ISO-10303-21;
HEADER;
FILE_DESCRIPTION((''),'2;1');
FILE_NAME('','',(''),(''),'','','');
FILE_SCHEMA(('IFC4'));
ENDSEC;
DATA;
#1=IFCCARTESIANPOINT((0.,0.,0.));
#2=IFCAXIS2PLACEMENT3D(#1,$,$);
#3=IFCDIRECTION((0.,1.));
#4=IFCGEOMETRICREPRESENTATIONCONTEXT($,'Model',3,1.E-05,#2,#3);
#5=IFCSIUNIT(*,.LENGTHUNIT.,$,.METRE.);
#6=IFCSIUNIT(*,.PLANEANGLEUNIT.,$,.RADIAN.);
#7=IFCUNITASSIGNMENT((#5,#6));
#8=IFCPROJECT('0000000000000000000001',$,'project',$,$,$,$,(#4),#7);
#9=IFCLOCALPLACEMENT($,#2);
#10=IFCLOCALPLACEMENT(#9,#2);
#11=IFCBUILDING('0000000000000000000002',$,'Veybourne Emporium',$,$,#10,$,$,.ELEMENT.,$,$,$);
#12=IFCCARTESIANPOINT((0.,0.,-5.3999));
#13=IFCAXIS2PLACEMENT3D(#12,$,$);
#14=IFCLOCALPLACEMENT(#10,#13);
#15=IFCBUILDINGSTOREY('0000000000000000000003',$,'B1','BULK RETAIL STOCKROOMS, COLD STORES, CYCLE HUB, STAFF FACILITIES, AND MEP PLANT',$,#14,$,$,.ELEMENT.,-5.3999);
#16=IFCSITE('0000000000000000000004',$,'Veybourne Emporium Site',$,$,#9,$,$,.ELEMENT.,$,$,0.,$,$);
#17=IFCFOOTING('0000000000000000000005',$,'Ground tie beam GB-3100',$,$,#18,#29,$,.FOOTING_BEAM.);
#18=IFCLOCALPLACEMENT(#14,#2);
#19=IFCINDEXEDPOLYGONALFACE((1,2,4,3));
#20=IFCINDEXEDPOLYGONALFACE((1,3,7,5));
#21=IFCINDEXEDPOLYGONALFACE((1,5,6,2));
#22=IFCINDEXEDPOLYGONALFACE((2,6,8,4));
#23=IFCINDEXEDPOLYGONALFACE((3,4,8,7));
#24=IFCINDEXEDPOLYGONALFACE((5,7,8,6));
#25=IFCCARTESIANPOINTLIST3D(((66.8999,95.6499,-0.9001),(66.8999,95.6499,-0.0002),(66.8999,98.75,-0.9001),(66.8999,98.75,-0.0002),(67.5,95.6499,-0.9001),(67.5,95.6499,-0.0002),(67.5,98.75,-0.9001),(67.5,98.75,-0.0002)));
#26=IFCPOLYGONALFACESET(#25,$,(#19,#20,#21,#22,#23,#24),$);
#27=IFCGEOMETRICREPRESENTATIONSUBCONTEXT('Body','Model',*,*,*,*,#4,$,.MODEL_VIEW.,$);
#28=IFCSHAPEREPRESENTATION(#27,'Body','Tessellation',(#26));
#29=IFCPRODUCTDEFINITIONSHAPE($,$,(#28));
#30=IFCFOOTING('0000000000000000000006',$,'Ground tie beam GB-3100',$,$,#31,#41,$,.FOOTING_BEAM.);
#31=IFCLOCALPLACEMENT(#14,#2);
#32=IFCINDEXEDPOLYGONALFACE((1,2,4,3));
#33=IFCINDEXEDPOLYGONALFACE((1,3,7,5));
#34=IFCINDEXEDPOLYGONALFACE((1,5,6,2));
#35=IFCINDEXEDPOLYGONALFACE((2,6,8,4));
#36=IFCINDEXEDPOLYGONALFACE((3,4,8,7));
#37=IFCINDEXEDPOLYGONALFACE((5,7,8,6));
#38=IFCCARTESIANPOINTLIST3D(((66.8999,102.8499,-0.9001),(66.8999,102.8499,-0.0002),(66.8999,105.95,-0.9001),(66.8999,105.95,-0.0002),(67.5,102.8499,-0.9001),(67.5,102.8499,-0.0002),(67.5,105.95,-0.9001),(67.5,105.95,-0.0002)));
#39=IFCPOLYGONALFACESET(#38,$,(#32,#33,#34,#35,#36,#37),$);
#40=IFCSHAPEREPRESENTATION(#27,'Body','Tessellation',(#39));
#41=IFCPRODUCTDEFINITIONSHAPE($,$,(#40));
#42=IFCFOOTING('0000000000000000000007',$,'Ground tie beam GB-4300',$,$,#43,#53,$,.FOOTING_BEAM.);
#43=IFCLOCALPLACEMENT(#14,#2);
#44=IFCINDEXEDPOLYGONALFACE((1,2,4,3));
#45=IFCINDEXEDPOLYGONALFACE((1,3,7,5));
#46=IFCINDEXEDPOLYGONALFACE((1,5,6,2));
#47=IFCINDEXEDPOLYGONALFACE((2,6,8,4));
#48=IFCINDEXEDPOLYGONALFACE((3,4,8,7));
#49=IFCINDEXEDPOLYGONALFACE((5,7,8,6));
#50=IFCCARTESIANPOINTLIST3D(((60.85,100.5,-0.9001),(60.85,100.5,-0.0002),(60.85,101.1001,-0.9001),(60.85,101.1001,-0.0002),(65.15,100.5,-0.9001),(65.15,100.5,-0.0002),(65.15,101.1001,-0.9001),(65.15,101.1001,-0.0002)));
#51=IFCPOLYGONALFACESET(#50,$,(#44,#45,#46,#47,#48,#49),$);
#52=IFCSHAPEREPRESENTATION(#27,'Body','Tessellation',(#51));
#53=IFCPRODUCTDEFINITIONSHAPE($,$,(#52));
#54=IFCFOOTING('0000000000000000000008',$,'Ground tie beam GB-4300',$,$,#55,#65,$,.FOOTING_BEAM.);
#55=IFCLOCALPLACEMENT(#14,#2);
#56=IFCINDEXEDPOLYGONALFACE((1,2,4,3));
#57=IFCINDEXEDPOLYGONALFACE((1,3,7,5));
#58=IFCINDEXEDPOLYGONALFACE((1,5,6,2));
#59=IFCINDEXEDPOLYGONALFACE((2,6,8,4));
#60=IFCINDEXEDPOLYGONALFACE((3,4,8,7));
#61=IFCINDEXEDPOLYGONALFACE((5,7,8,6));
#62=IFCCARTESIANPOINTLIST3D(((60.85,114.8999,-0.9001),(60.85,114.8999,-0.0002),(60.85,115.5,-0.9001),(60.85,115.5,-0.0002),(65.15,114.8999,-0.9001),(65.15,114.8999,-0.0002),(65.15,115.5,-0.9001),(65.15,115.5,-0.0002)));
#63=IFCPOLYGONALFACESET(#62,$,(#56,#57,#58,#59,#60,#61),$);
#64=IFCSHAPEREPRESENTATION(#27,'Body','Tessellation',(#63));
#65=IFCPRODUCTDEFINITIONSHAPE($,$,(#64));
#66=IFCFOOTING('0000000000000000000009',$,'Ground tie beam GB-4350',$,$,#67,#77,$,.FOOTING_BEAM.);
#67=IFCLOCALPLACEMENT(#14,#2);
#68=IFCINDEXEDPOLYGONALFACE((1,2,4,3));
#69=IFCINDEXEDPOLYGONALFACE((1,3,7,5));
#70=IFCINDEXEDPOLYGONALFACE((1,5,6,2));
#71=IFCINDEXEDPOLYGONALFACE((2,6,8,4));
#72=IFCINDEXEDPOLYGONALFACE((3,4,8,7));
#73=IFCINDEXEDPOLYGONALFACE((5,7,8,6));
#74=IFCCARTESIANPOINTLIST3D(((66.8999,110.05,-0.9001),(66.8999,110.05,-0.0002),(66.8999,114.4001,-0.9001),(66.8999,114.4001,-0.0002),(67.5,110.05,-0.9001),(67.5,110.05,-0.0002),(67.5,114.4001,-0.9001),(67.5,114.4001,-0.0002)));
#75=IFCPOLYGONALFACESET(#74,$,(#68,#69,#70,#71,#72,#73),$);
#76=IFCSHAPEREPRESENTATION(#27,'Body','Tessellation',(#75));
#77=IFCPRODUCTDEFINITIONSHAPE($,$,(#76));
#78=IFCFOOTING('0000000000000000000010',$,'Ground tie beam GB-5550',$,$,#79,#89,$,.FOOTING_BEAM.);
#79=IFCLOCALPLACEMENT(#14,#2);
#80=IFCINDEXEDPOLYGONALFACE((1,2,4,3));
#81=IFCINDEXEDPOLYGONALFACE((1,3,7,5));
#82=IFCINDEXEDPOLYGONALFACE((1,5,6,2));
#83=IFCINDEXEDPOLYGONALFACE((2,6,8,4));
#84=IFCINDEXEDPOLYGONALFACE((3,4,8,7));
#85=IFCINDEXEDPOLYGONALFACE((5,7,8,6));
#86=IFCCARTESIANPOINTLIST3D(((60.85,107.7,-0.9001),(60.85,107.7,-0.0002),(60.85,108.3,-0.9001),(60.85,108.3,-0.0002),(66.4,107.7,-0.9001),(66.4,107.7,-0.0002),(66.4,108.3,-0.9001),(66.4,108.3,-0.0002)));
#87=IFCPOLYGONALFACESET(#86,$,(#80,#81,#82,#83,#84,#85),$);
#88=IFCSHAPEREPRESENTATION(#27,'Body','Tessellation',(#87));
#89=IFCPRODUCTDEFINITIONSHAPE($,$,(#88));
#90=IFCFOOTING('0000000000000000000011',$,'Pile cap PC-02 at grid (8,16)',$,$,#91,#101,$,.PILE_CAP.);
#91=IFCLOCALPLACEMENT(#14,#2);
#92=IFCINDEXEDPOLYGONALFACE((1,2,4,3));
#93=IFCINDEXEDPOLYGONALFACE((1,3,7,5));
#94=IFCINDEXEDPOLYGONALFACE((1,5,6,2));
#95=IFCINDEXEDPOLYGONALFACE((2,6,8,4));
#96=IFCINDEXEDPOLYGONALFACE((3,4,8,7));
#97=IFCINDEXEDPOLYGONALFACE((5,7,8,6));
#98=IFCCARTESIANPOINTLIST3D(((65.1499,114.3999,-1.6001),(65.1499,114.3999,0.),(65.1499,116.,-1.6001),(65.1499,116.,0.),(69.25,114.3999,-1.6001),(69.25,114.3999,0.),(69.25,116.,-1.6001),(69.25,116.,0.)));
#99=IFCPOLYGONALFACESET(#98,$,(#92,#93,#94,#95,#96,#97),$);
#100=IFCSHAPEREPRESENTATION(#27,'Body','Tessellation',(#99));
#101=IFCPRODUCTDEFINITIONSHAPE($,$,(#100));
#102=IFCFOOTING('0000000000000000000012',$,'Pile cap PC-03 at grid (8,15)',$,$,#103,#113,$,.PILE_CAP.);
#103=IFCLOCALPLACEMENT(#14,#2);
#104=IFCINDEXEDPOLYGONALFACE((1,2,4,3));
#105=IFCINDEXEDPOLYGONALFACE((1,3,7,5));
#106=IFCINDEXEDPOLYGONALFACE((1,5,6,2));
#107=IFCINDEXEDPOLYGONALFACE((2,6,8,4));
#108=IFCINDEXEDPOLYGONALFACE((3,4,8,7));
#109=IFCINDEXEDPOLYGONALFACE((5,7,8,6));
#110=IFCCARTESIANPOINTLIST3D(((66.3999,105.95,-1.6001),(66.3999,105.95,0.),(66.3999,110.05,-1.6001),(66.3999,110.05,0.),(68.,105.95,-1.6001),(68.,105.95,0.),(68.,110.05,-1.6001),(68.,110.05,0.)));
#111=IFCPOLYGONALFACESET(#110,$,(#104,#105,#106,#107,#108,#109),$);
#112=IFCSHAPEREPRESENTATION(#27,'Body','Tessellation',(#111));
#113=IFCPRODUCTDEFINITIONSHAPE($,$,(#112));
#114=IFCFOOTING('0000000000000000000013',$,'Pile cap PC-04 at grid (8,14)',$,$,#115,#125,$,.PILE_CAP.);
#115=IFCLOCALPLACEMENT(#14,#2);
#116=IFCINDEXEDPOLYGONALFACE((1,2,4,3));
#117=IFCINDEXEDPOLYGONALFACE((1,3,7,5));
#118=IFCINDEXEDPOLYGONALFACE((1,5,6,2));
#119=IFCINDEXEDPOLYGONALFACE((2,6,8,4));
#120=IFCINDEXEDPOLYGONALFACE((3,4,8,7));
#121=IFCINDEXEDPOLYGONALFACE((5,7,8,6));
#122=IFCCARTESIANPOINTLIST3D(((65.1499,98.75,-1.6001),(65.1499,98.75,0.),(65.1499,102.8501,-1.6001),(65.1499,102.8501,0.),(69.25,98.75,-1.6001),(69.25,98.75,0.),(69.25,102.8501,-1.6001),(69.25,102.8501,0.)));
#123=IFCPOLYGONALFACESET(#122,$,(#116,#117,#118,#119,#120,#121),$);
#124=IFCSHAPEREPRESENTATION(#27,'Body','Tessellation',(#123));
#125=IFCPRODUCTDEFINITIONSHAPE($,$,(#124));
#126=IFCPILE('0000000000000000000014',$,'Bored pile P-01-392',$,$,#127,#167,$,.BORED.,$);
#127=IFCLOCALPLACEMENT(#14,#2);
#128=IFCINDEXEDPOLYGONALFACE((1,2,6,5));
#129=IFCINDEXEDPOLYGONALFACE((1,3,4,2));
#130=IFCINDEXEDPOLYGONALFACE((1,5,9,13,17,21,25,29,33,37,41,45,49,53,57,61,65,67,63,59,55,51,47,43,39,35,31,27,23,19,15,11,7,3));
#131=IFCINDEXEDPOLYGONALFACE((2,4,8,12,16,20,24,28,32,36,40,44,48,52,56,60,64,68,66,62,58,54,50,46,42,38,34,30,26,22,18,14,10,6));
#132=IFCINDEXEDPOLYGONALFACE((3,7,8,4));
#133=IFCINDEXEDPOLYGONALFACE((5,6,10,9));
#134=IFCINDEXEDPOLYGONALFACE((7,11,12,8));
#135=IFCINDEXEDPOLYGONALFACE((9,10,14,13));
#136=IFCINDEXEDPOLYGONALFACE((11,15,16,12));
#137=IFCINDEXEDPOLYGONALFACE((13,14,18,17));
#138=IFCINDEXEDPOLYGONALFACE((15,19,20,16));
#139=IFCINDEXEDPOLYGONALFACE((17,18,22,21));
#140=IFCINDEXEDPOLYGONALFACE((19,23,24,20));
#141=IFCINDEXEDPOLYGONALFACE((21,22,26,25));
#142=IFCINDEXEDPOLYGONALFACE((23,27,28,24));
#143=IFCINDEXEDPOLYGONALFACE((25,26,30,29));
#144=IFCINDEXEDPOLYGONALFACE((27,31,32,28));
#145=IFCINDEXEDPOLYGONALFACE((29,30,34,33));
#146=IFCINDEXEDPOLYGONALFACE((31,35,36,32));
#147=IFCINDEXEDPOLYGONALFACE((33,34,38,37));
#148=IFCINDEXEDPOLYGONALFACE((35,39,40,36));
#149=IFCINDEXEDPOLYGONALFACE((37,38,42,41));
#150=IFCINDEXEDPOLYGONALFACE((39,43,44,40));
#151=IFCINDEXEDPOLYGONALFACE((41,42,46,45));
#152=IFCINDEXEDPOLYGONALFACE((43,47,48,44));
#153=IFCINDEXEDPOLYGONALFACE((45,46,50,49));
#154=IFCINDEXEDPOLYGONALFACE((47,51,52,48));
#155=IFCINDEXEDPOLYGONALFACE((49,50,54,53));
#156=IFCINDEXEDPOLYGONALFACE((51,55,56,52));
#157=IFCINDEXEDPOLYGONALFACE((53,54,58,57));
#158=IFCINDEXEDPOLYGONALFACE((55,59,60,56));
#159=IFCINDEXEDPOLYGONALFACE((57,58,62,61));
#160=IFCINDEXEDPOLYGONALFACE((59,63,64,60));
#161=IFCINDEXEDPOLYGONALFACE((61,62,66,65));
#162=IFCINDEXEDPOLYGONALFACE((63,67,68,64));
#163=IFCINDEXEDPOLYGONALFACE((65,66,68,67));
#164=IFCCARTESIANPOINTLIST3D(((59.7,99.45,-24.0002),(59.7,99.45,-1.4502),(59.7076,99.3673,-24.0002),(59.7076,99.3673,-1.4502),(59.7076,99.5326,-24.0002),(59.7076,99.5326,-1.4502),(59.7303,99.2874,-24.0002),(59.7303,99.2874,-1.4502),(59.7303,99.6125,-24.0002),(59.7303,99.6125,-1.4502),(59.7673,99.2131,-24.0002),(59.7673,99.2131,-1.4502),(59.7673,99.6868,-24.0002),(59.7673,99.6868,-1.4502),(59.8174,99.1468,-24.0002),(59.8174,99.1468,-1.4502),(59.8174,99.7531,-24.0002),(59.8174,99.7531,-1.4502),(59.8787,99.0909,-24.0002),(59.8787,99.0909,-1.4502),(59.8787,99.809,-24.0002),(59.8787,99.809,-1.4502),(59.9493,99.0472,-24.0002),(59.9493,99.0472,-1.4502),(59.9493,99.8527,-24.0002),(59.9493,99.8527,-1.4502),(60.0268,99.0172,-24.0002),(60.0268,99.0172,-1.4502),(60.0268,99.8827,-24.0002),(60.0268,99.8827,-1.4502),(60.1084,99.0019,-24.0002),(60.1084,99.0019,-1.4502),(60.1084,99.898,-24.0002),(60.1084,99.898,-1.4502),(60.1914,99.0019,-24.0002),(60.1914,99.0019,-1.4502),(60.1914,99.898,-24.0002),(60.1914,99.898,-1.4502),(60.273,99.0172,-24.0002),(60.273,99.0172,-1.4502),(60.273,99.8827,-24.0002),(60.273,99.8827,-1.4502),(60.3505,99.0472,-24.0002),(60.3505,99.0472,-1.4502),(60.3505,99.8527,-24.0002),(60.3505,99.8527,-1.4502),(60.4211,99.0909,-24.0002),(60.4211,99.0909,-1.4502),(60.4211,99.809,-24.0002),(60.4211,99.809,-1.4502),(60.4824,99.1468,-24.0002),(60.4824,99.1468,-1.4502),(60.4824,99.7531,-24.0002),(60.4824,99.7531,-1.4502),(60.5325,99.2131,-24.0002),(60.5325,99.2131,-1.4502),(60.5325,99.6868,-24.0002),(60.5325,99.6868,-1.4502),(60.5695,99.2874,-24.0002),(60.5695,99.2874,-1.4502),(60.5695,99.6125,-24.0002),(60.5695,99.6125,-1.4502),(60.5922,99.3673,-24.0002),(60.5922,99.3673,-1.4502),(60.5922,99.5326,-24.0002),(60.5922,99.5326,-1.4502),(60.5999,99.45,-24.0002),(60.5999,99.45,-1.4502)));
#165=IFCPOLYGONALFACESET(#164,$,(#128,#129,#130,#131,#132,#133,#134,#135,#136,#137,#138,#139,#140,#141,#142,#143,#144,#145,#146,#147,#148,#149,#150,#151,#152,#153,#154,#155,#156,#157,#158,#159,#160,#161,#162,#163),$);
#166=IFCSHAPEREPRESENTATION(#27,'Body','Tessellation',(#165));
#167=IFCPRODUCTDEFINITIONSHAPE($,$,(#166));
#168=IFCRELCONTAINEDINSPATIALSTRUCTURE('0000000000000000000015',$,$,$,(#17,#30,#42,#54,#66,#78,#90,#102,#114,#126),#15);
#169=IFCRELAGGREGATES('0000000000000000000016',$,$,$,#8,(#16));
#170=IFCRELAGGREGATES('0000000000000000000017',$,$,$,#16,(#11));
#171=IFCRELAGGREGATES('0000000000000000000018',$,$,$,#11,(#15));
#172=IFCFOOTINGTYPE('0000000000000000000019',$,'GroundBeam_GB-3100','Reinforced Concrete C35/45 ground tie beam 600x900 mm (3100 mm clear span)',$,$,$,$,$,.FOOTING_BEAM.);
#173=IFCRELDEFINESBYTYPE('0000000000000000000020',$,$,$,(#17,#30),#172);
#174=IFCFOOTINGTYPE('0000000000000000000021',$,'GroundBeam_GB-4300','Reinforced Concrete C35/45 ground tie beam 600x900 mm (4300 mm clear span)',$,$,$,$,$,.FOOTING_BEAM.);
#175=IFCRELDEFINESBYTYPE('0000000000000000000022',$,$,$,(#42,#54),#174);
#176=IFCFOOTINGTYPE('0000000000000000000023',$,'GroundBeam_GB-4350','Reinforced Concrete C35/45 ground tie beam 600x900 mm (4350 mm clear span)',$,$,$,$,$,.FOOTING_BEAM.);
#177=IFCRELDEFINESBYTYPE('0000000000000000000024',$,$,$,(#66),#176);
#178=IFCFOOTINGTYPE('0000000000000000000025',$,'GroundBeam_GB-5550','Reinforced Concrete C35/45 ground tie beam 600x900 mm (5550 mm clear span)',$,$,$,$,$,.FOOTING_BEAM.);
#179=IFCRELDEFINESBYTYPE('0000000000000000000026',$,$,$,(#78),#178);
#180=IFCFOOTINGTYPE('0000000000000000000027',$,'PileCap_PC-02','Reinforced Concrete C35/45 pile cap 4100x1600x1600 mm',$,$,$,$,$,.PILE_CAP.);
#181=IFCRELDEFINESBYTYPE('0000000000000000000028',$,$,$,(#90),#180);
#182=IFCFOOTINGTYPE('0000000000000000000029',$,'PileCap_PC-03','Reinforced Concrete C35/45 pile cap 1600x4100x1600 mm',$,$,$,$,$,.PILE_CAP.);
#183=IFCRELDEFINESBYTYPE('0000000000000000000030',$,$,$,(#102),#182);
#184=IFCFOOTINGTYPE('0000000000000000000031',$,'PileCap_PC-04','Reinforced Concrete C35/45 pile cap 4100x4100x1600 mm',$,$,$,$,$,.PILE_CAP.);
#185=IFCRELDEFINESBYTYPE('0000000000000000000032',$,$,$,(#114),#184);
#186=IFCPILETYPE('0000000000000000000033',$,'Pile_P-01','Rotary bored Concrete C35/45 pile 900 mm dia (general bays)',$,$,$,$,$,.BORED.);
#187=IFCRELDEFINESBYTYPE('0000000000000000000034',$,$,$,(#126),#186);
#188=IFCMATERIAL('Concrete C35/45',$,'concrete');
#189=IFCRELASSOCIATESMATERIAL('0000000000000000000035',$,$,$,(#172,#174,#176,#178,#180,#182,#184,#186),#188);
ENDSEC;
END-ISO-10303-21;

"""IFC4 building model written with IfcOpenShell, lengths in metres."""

from ifc_helpers import new_model, si_unit, direction, frame, origin, origin_2d, place, context, subcontext, project, spatial, rectangle, circle, extrude, material, material_profile, profile_set, type_object, element, save


model = new_model("IFC4")

# Units and contexts
model_context = context("Model", 3, precision=1e-05, world=origin(), true_north=direction((0.0, 1.0)))
body_context = subcontext(model_context, "Body", "Model", "MODEL_VIEW")
ifc_project = project(units=[si_unit("LENGTHUNIT", "METRE"), si_unit("PLANEANGLEUNIT", "RADIAN")], contexts=[model_context])

# Site, building, storey
site_placement = place(None, origin())
site = spatial("IfcSite", under=ifc_project, at=site_placement, Name="Veybourne Emporium Site", CompositionType="ELEMENT", RefElevation=0.0)
building_placement = place(site_placement, origin())
building = spatial("IfcBuilding", under=site, at=building_placement, Name="Veybourne Emporium", CompositionType="ELEMENT")
storey_placement = place(building_placement, frame((0.0, 0.0, -5.3999)))
storey = spatial("IfcBuildingStorey", under=building, at=storey_placement, Name="B1", Description="BULK RETAIL STOCKROOMS, COLD STORES, CYCLE HUB, STAFF FACILITIES, AND MEP PLANT", CompositionType="ELEMENT", Elevation=-5.3999)

# Footings
ifc_material_1 = material(Name="Concrete C35/45", Category="concrete")
footing_type_1 = type_object("IfcFootingType", Name="GroundBeam_GB-3100", Description="Reinforced Concrete C35/45 ground tie beam 600x900 mm (3100 mm clear span)", PredefinedType="FOOTING_BEAM", material=ifc_material_1)
for number, where, z_axis, x_axis, name in (
    (1, (67.2, 97.2, -0.9001), (0.0, 0.0, 1.0), (0.0, 1.0, 0.0), "Ground tie beam GB-3100"),
    (2, (67.2, 104.3999, -0.9001), (0.0, 0.0, 1.0), (0.0, 1.0, 0.0), "Ground tie beam GB-3100"),
):
    element("IfcFooting", number, at=place(storey_placement, frame(where, z_axis=z_axis, x_axis=x_axis)), inside=storey, type_object=footing_type_1, Name=name, PredefinedType="FOOTING_BEAM", context=body_context, shape_type="SweptSolid", body=[
        extrude(rectangle(XDim=3.1001, YDim=0.6001, at=origin_2d()), origin(), (0.0, 0.0, 1.0), 0.8999),
    ])
footing_type_2 = type_object("IfcFootingType", Name="GroundBeam_GB-4300", Description="Reinforced Concrete C35/45 ground tie beam 600x900 mm (4300 mm clear span)", PredefinedType="FOOTING_BEAM", material=ifc_material_1)
for number, where, z_axis, x_axis, name in (
    (3, (63.0, 100.8, -0.9001), (0.0, 0.0, 1.0), (1.0, 0.0, 0.0), "Ground tie beam GB-4300"),
    (4, (63.0, 115.2, -0.9001), (0.0, 0.0, 1.0), (1.0, 0.0, 0.0), "Ground tie beam GB-4300"),
):
    element("IfcFooting", number, at=place(storey_placement, frame(where, z_axis=z_axis, x_axis=x_axis)), inside=storey, type_object=footing_type_2, Name=name, PredefinedType="FOOTING_BEAM", context=body_context, shape_type="SweptSolid", body=[
        extrude(rectangle(XDim=4.3, YDim=0.6001, at=origin_2d()), origin(), (0.0, 0.0, 1.0), 0.8999),
    ])
footing_type_3 = type_object("IfcFootingType", Name="GroundBeam_GB-4350", Description="Reinforced Concrete C35/45 ground tie beam 600x900 mm (4350 mm clear span)", PredefinedType="FOOTING_BEAM", material=ifc_material_1)
footing_1_placement = place(storey_placement, frame((67.2, 112.2251, -0.9001), z_axis=(0.0, 0.0, 1.0), x_axis=(0.0, 1.0, 0.0)))
element("IfcFooting", 5, at=footing_1_placement, inside=storey, type_object=footing_type_3, Name="Ground tie beam GB-4350", PredefinedType="FOOTING_BEAM", context=body_context, shape_type="SweptSolid", body=[
    extrude(rectangle(XDim=4.3501, YDim=0.6001, at=origin_2d()), origin(), (0.0, 0.0, 1.0), 0.8999),
])
footing_type_4 = type_object("IfcFootingType", Name="GroundBeam_GB-5550", Description="Reinforced Concrete C35/45 ground tie beam 600x900 mm (5550 mm clear span)", PredefinedType="FOOTING_BEAM", material=ifc_material_1)
footing_2_placement = place(storey_placement, frame((63.625, 108.0, -0.9001), z_axis=(0.0, 0.0, 1.0), x_axis=(1.0, 0.0, 0.0)))
element("IfcFooting", 6, at=footing_2_placement, inside=storey, type_object=footing_type_4, Name="Ground tie beam GB-5550", PredefinedType="FOOTING_BEAM", context=body_context, shape_type="SweptSolid", body=[
    extrude(rectangle(XDim=5.55, YDim=0.6001, at=origin_2d()), origin(), (0.0, 0.0, 1.0), 0.8999),
])
footing_type_5 = type_object("IfcFootingType", Name="PileCap_PC-02", Description="Reinforced Concrete C35/45 pile cap 4100x1600x1600 mm", PredefinedType="PILE_CAP", material=ifc_material_1)
footing_3_placement = place(storey_placement, frame((67.2, 115.2, -1.6001), z_axis=(0.0, 0.0, 1.0), x_axis=(1.0, 0.0, 0.0)))
element("IfcFooting", 7, at=footing_3_placement, inside=storey, type_object=footing_type_5, Name="Pile cap PC-02 at grid (8,16)", PredefinedType="PILE_CAP", context=body_context, shape_type="SweptSolid", body=[
    extrude(rectangle(XDim=4.1001, YDim=1.6001, at=origin_2d()), origin(), (0.0, 0.0, 1.0), 1.6001),
])
footing_type_6 = type_object("IfcFootingType", Name="PileCap_PC-03", Description="Reinforced Concrete C35/45 pile cap 1600x4100x1600 mm", PredefinedType="PILE_CAP", material=ifc_material_1)
footing_4_placement = place(storey_placement, frame((67.2, 108.0, -1.6001), z_axis=(0.0, 0.0, 1.0), x_axis=(1.0, 0.0, 0.0)))
element("IfcFooting", 8, at=footing_4_placement, inside=storey, type_object=footing_type_6, Name="Pile cap PC-03 at grid (8,15)", PredefinedType="PILE_CAP", context=body_context, shape_type="SweptSolid", body=[
    extrude(rectangle(XDim=1.6001, YDim=4.1001, at=origin_2d()), origin(), (0.0, 0.0, 1.0), 1.6001),
])
footing_type_7 = type_object("IfcFootingType", Name="PileCap_PC-04", Description="Reinforced Concrete C35/45 pile cap 4100x4100x1600 mm", PredefinedType="PILE_CAP", material=ifc_material_1)
footing_5_placement = place(storey_placement, frame((67.2, 100.8, -1.6001), z_axis=(0.0, 0.0, 1.0), x_axis=(1.0, 0.0, 0.0)))
element("IfcFooting", 9, at=footing_5_placement, inside=storey, type_object=footing_type_7, Name="Pile cap PC-04 at grid (8,14)", PredefinedType="PILE_CAP", context=body_context, shape_type="SweptSolid", body=[
    extrude(rectangle(XDim=4.1001, YDim=4.1001, at=origin_2d()), origin(), (0.0, 0.0, 1.0), 1.6001),
])

# Pile
ifc_material_profile_1 = material_profile(ifc_material_1, circle(Radius=0.45, at=origin_2d()), Name="BORED PILE 900")
ifc_profile_set_1 = profile_set([ifc_material_profile_1], Name="Concrete C35/45")
pile_type_1 = type_object("IfcPileType", Name="Pile_P-01", Description="Rotary bored Concrete C35/45 pile 900 mm dia (general bays)", PredefinedType="BORED", material=ifc_profile_set_1)
for number, where, z_axis, x_axis, name in (
    (10, (60.1499, 99.45, -1.4502), (0.0, 0.0, -1.0), (1.0, 0.0, 0.0), "Bored pile P-01-392"),
):
    element("IfcPile", number, at=place(storey_placement, frame(where, z_axis=z_axis, x_axis=x_axis)), inside=storey, type_object=pile_type_1, Name=name, PredefinedType="BORED", context=body_context, shape_type="SweptSolid", body=[
        extrude(circle(Radius=0.45, at=origin_2d()), origin(), (0.0, 0.0, 1.0), 22.55),
    ])

save(model, "model.ifc")
